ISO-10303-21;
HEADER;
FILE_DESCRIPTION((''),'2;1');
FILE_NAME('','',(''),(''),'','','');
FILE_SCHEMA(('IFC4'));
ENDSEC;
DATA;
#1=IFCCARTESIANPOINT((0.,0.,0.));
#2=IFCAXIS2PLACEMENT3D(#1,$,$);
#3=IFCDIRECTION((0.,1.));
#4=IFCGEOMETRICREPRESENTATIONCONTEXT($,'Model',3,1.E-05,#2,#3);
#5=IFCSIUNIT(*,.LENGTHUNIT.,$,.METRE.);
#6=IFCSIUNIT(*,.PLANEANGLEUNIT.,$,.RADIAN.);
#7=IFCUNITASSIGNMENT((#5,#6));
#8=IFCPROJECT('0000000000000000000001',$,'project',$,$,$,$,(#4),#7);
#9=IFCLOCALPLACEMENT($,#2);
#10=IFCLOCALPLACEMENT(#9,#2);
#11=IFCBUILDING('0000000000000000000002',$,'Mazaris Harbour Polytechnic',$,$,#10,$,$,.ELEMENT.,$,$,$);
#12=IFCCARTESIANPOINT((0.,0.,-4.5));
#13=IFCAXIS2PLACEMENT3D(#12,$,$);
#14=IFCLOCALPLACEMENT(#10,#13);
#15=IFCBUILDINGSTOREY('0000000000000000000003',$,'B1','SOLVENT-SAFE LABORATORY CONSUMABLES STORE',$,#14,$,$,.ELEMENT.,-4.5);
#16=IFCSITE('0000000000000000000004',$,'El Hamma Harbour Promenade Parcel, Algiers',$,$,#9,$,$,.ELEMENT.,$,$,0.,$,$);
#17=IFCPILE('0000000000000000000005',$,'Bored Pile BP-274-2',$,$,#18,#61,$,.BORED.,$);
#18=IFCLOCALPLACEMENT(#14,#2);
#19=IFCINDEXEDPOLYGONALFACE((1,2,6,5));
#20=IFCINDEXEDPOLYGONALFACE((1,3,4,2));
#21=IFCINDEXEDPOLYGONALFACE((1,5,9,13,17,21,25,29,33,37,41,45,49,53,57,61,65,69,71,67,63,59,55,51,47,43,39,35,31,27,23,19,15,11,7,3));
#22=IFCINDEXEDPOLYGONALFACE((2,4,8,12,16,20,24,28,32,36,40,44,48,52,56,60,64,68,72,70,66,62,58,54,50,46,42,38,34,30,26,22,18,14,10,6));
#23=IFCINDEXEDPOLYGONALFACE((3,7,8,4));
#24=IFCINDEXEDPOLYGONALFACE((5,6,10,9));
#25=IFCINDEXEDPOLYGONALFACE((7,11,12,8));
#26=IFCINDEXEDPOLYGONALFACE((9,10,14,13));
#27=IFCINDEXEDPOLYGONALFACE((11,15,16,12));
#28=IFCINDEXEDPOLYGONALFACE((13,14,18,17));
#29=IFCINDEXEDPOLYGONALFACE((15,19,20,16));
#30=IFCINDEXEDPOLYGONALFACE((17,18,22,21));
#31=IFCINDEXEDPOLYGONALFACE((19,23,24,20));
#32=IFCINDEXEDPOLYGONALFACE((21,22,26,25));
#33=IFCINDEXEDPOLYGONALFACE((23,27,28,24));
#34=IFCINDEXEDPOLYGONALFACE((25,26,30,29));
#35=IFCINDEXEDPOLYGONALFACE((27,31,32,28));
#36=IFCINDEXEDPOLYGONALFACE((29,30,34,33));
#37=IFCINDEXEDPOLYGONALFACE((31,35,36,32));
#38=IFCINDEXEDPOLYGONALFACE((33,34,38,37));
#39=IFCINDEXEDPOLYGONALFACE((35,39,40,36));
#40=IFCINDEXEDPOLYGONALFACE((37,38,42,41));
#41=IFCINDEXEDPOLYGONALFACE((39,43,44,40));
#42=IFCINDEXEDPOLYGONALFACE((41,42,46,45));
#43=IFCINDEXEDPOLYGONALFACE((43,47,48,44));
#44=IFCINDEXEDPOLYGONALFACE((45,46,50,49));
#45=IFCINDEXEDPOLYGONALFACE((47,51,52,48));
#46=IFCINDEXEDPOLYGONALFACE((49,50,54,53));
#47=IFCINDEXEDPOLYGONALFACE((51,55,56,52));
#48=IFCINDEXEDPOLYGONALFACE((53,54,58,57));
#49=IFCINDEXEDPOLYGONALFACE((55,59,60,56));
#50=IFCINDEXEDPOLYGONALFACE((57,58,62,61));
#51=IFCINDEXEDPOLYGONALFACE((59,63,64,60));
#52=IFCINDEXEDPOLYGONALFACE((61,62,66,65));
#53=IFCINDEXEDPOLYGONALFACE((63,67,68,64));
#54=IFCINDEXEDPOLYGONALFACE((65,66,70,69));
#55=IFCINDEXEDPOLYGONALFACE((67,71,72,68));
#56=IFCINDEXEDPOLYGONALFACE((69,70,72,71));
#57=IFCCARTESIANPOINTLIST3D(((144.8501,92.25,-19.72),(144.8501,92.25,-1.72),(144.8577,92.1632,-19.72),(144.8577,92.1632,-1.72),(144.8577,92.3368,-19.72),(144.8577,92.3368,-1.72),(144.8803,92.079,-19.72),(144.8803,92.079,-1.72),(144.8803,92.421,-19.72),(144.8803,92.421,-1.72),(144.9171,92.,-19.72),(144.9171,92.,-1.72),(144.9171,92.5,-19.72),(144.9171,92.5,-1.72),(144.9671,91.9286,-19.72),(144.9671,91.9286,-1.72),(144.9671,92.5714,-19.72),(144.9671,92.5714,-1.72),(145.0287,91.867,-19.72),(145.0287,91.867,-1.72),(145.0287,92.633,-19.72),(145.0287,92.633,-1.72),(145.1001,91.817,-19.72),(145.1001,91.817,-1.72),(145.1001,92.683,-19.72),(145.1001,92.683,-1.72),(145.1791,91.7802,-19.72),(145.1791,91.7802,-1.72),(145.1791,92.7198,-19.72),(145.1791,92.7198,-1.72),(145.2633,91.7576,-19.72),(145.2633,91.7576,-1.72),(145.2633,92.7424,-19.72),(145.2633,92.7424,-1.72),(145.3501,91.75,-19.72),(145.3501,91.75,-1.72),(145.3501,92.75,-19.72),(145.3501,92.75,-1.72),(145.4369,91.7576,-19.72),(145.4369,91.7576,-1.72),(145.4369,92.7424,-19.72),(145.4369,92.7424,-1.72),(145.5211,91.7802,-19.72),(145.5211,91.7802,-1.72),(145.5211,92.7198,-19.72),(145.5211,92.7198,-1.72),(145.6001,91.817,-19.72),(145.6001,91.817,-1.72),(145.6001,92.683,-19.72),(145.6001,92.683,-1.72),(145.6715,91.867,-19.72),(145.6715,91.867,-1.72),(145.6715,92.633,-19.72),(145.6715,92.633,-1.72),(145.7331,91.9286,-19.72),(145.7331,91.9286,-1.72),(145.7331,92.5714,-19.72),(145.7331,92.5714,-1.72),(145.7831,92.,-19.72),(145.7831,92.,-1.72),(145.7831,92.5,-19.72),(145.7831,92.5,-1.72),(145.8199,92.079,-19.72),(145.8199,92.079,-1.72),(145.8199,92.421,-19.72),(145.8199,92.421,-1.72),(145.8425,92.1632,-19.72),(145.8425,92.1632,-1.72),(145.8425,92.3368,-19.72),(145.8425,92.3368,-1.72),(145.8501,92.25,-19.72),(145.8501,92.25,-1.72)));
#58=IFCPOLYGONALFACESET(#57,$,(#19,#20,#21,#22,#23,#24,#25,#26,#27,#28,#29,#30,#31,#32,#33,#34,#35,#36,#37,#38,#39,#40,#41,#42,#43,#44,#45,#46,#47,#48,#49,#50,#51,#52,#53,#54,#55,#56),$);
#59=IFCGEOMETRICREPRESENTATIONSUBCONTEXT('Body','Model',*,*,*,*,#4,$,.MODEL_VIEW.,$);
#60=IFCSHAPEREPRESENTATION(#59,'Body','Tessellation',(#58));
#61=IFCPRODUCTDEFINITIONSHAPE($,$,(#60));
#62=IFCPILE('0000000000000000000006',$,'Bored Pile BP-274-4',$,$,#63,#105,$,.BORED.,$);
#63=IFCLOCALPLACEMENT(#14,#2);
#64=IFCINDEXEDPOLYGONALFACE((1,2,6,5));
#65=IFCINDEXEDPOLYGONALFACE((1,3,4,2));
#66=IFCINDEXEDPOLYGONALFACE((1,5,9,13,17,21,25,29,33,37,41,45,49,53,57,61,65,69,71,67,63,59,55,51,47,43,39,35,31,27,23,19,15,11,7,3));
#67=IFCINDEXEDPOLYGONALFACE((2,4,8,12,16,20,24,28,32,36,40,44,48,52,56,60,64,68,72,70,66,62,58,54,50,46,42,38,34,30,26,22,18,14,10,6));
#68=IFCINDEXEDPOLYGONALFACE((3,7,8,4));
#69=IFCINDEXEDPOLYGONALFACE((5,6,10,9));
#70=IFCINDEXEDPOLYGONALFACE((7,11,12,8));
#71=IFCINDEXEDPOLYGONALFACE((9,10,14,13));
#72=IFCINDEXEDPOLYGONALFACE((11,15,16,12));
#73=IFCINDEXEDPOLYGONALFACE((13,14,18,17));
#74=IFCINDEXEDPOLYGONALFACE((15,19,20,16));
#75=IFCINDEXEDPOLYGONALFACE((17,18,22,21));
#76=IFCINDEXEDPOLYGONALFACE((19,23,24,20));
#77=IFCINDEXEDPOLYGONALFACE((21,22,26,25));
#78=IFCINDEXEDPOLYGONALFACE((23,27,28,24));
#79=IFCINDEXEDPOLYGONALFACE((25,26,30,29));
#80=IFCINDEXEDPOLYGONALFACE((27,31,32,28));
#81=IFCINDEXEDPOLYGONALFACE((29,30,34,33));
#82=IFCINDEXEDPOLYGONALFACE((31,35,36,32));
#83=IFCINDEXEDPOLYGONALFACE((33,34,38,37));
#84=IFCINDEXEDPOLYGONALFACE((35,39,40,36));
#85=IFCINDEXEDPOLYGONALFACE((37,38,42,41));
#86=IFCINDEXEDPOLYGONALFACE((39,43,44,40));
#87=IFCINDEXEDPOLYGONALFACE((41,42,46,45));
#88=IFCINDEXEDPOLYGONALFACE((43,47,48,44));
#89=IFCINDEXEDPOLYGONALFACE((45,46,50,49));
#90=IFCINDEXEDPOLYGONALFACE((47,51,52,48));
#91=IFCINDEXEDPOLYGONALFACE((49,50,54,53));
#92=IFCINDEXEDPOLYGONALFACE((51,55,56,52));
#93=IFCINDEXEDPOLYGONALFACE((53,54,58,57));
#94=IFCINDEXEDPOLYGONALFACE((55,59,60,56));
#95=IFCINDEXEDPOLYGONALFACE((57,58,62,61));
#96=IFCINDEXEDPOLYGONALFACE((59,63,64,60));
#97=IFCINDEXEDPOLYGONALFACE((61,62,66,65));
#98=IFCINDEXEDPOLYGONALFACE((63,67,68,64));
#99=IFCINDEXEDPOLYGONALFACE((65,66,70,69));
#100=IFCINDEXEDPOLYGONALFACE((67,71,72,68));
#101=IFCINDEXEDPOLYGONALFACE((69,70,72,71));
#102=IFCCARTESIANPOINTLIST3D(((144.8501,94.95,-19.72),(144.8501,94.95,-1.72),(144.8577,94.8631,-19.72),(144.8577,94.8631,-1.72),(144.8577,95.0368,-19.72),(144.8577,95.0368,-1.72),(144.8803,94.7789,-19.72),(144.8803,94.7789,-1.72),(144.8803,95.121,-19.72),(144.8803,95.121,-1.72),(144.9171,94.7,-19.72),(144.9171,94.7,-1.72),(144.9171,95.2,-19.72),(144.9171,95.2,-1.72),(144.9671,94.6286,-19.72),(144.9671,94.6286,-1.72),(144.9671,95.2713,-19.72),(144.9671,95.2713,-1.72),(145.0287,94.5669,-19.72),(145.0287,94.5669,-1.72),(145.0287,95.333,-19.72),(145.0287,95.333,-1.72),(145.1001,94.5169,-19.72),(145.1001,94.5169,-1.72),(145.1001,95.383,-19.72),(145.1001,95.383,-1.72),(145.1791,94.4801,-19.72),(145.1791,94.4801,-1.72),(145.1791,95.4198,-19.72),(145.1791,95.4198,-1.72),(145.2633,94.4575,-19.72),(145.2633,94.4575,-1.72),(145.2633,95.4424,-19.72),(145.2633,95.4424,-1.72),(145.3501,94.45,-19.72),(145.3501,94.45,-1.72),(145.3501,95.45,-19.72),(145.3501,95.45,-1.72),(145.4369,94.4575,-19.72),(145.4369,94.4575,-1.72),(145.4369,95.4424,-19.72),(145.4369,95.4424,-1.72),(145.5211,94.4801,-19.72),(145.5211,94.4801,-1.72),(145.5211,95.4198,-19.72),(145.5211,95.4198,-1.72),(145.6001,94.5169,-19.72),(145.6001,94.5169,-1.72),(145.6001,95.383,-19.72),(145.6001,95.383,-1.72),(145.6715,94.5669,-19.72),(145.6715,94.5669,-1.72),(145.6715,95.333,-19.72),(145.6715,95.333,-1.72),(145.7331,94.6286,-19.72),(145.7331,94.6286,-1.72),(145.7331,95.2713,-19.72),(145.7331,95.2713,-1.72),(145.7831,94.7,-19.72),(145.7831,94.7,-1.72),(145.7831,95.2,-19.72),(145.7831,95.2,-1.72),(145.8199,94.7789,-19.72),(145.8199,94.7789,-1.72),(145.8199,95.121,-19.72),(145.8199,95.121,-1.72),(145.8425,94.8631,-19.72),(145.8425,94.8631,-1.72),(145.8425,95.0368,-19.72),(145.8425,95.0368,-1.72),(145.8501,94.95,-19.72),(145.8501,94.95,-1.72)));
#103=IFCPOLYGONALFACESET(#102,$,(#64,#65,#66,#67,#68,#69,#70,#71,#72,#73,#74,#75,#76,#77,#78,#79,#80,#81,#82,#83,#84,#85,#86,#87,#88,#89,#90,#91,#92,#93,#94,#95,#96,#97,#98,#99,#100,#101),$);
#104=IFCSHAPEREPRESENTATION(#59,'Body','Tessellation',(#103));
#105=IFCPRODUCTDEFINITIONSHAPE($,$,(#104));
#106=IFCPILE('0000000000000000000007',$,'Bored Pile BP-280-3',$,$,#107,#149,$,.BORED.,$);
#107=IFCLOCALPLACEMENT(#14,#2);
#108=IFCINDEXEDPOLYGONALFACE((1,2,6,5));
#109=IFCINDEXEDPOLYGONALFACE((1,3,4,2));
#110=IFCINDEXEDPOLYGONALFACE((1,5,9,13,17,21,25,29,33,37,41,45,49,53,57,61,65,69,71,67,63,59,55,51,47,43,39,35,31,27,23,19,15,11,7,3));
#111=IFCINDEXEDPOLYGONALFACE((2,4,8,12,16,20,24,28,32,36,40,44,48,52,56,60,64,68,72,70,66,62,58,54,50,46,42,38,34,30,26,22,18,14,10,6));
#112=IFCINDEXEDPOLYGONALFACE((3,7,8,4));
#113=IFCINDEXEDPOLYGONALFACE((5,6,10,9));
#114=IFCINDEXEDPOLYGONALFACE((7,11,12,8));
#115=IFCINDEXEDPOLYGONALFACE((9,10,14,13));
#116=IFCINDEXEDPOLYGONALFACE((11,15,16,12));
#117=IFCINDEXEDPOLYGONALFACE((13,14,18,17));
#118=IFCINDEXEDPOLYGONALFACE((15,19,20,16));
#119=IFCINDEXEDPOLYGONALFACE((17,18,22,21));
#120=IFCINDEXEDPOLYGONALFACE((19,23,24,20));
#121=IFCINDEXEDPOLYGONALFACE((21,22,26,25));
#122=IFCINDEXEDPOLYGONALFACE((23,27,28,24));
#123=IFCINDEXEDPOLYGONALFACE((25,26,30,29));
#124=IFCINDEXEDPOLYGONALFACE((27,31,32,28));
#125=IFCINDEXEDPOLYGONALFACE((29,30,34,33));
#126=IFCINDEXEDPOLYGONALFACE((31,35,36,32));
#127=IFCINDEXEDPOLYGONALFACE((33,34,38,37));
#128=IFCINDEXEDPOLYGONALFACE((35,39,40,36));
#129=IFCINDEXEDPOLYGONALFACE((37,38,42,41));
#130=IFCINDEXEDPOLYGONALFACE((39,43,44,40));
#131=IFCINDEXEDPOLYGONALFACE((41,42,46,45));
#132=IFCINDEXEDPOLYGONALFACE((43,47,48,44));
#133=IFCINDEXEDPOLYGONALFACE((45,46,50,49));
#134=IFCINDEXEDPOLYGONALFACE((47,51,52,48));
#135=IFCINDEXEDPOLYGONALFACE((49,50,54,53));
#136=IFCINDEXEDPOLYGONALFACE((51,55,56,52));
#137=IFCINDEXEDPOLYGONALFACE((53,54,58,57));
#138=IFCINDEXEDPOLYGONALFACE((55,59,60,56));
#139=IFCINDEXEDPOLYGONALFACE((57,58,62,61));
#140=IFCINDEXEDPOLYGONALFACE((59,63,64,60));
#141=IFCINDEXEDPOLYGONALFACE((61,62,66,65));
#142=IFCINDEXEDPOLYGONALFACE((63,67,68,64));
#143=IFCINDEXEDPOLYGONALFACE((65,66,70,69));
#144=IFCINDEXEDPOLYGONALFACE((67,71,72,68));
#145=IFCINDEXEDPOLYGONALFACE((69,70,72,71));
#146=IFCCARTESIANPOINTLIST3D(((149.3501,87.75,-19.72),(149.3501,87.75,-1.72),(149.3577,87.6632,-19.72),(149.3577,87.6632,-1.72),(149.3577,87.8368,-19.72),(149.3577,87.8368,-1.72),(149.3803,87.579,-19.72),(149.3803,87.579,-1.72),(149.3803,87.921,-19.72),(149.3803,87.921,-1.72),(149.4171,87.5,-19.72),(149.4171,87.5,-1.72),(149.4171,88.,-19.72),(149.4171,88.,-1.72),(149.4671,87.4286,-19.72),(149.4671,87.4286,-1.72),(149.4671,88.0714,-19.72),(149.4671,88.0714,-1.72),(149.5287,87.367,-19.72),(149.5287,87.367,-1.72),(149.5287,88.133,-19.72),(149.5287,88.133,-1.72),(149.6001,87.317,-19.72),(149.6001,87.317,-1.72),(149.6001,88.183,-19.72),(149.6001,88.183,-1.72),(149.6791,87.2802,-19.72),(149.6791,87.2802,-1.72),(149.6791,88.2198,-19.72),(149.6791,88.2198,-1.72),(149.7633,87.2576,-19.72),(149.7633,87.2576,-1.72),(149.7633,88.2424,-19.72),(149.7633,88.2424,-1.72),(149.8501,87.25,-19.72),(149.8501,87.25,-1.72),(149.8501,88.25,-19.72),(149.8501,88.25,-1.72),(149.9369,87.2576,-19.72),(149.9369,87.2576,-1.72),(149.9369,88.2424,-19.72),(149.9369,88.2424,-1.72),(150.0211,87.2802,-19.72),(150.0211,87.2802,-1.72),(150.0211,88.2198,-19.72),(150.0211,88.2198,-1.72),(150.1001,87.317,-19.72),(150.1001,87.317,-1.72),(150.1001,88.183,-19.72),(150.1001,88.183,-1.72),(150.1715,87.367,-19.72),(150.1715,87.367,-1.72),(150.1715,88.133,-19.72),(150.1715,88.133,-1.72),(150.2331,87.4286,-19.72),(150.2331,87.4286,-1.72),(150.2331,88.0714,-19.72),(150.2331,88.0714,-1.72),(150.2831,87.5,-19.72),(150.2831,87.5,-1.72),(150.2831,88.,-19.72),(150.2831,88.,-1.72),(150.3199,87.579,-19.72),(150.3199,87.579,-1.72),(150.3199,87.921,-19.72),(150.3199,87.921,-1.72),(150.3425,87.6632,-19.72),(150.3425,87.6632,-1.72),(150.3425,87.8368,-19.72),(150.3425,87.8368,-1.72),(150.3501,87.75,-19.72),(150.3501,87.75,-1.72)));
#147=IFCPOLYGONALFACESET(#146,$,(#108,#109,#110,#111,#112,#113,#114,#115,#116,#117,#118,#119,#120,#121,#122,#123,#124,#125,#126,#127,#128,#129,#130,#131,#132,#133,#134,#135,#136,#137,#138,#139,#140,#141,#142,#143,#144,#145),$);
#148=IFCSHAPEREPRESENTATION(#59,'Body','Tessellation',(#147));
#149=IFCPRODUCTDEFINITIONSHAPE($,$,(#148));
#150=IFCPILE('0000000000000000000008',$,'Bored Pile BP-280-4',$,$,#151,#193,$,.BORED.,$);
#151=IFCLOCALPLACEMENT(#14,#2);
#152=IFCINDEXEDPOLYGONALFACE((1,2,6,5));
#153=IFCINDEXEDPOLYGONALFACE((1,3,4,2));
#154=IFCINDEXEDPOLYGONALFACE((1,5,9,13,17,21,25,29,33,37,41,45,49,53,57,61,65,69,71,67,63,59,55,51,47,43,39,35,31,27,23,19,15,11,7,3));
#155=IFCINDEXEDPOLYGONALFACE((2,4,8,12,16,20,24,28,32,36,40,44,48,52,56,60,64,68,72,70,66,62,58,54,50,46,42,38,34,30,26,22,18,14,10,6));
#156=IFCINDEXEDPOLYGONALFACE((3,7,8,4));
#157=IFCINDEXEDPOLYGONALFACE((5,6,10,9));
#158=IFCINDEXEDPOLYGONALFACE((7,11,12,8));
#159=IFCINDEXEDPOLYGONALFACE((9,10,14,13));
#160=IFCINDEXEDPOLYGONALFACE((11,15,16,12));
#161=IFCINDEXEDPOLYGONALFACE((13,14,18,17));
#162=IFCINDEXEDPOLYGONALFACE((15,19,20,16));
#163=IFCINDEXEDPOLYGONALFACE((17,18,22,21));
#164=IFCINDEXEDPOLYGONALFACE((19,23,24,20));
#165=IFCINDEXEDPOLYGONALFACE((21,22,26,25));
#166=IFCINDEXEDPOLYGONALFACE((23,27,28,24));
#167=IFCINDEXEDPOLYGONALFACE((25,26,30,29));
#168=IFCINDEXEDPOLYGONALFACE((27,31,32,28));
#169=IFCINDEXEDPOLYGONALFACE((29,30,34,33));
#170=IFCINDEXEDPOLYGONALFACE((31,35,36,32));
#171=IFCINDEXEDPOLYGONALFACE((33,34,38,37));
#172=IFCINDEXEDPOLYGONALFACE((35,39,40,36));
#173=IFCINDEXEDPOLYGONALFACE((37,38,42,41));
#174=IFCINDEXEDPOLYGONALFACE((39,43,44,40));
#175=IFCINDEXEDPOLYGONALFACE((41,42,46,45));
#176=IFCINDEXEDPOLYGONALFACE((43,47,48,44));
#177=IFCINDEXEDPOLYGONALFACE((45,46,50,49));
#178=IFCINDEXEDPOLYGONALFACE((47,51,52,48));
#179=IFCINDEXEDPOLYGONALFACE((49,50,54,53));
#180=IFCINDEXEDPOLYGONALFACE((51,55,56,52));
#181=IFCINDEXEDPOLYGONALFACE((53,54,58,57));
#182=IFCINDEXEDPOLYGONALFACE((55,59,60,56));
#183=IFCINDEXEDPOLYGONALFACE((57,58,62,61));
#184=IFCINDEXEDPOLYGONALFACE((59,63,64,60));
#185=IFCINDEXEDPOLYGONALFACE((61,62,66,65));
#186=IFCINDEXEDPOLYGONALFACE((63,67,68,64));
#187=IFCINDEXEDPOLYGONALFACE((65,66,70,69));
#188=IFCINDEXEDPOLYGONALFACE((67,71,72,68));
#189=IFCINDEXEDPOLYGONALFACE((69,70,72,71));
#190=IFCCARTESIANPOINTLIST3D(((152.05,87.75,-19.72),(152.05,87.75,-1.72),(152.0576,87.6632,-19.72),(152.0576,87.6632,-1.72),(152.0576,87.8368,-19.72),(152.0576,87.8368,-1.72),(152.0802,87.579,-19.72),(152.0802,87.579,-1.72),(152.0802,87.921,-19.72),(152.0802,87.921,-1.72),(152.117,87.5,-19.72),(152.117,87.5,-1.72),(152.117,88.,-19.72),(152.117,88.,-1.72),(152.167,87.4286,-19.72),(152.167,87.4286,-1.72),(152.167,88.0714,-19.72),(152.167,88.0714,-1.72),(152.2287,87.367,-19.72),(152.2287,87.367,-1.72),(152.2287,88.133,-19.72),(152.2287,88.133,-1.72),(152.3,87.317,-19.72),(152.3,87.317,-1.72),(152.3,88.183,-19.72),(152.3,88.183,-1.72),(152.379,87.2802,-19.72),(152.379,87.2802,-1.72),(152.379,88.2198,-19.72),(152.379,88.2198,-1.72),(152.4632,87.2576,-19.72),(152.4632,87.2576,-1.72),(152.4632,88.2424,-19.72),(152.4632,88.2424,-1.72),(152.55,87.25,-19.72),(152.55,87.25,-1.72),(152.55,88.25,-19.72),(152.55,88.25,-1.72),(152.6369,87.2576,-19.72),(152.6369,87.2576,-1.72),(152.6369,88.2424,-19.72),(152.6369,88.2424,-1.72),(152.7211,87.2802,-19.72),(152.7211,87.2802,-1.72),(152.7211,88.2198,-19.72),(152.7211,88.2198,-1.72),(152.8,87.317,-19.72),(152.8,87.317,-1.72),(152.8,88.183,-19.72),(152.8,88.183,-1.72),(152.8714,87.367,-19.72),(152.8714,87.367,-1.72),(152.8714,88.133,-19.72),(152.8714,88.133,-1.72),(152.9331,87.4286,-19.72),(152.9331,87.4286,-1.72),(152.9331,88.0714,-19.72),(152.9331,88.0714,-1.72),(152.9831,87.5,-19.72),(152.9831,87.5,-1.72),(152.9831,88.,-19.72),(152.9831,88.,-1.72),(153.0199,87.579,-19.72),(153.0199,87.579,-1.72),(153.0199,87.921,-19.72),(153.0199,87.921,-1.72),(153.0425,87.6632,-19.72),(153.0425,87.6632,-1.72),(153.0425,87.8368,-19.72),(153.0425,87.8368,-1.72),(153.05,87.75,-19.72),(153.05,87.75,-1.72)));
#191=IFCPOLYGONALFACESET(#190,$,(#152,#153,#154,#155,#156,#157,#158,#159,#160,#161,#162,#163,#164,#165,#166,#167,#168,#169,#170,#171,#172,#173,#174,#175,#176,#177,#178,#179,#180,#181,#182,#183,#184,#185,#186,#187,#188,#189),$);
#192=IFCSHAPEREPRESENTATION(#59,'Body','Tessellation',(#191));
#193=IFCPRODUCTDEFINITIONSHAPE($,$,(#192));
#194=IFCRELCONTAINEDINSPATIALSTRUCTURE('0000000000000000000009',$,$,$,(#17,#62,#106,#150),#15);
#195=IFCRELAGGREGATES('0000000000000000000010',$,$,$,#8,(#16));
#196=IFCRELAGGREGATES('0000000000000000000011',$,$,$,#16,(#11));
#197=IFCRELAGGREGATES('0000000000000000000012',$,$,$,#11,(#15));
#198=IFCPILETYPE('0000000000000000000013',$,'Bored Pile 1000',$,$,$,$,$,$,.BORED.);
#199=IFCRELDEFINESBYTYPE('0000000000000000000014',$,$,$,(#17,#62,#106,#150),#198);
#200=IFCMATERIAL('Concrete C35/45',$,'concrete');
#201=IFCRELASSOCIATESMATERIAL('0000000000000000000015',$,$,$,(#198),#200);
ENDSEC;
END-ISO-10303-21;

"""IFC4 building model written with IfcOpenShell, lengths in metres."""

from ifc_helpers import new_model, si_unit, direction, frame, origin, origin_2d, place, context, subcontext, project, spatial, circle, extrude, material, material_profile, profile_set, type_object, element, save


model = new_model("IFC4")

# Units and contexts
model_context = context("Model", 3, precision=1e-05, world=origin(), true_north=direction((0.0, 1.0)))
body_context = subcontext(model_context, "Body", "Model", "MODEL_VIEW")
ifc_project = project(units=[si_unit("LENGTHUNIT", "METRE"), si_unit("PLANEANGLEUNIT", "RADIAN")], contexts=[model_context])

# Site, building, storey
site_placement = place(None, origin())
site = spatial("IfcSite", under=ifc_project, at=site_placement, Name="El Hamma Harbour Promenade Parcel, Algiers", CompositionType="ELEMENT", RefElevation=0.0)
building_placement = place(site_placement, origin())
building = spatial("IfcBuilding", under=site, at=building_placement, Name="Mazaris Harbour Polytechnic", CompositionType="ELEMENT")
storey_placement = place(building_placement, frame((0.0, 0.0, -4.5)))
storey = spatial("IfcBuildingStorey", under=building, at=storey_placement, Name="B1", Description="SOLVENT-SAFE LABORATORY CONSUMABLES STORE", CompositionType="ELEMENT", Elevation=-4.5)

# Piles
ifc_material_1 = material(Name="Concrete C35/45", Category="concrete")
ifc_material_profile_1 = material_profile(ifc_material_1, circle(Radius=0.5, at=origin_2d()), Name="DIA1000")
ifc_profile_set_1 = profile_set([ifc_material_profile_1], Name="Concrete C35/45")
pile_type_1 = type_object("IfcPileType", Name="Bored Pile 1000", PredefinedType="BORED", material=ifc_profile_set_1)
for number, where, z_axis, x_axis, name in (
    (1, (145.3501, 92.25, -1.72), (0.0, 0.0, -1.0), (1.0, 0.0, 0.0), "Bored Pile BP-274-2"),
    (2, (145.3501, 94.95, -1.72), (0.0, 0.0, -1.0), (1.0, 0.0, 0.0), "Bored Pile BP-274-4"),
    (3, (149.8501, 87.75, -1.72), (0.0, 0.0, -1.0), (1.0, 0.0, 0.0), "Bored Pile BP-280-3"),
    (4, (152.55, 87.75, -1.72), (0.0, 0.0, -1.0), (1.0, 0.0, 0.0), "Bored Pile BP-280-4"),
):
    element("IfcPile", number, at=place(storey_placement, frame(where, z_axis=z_axis, x_axis=x_axis)), inside=storey, type_object=pile_type_1, Name=name, PredefinedType="BORED", context=body_context, shape_type="SweptSolid", body=[
        extrude(circle(Radius=0.5, at=origin_2d()), origin(), (0.0, 0.0, 1.0), 18.0),
    ])

save(model, "model.ifc")
